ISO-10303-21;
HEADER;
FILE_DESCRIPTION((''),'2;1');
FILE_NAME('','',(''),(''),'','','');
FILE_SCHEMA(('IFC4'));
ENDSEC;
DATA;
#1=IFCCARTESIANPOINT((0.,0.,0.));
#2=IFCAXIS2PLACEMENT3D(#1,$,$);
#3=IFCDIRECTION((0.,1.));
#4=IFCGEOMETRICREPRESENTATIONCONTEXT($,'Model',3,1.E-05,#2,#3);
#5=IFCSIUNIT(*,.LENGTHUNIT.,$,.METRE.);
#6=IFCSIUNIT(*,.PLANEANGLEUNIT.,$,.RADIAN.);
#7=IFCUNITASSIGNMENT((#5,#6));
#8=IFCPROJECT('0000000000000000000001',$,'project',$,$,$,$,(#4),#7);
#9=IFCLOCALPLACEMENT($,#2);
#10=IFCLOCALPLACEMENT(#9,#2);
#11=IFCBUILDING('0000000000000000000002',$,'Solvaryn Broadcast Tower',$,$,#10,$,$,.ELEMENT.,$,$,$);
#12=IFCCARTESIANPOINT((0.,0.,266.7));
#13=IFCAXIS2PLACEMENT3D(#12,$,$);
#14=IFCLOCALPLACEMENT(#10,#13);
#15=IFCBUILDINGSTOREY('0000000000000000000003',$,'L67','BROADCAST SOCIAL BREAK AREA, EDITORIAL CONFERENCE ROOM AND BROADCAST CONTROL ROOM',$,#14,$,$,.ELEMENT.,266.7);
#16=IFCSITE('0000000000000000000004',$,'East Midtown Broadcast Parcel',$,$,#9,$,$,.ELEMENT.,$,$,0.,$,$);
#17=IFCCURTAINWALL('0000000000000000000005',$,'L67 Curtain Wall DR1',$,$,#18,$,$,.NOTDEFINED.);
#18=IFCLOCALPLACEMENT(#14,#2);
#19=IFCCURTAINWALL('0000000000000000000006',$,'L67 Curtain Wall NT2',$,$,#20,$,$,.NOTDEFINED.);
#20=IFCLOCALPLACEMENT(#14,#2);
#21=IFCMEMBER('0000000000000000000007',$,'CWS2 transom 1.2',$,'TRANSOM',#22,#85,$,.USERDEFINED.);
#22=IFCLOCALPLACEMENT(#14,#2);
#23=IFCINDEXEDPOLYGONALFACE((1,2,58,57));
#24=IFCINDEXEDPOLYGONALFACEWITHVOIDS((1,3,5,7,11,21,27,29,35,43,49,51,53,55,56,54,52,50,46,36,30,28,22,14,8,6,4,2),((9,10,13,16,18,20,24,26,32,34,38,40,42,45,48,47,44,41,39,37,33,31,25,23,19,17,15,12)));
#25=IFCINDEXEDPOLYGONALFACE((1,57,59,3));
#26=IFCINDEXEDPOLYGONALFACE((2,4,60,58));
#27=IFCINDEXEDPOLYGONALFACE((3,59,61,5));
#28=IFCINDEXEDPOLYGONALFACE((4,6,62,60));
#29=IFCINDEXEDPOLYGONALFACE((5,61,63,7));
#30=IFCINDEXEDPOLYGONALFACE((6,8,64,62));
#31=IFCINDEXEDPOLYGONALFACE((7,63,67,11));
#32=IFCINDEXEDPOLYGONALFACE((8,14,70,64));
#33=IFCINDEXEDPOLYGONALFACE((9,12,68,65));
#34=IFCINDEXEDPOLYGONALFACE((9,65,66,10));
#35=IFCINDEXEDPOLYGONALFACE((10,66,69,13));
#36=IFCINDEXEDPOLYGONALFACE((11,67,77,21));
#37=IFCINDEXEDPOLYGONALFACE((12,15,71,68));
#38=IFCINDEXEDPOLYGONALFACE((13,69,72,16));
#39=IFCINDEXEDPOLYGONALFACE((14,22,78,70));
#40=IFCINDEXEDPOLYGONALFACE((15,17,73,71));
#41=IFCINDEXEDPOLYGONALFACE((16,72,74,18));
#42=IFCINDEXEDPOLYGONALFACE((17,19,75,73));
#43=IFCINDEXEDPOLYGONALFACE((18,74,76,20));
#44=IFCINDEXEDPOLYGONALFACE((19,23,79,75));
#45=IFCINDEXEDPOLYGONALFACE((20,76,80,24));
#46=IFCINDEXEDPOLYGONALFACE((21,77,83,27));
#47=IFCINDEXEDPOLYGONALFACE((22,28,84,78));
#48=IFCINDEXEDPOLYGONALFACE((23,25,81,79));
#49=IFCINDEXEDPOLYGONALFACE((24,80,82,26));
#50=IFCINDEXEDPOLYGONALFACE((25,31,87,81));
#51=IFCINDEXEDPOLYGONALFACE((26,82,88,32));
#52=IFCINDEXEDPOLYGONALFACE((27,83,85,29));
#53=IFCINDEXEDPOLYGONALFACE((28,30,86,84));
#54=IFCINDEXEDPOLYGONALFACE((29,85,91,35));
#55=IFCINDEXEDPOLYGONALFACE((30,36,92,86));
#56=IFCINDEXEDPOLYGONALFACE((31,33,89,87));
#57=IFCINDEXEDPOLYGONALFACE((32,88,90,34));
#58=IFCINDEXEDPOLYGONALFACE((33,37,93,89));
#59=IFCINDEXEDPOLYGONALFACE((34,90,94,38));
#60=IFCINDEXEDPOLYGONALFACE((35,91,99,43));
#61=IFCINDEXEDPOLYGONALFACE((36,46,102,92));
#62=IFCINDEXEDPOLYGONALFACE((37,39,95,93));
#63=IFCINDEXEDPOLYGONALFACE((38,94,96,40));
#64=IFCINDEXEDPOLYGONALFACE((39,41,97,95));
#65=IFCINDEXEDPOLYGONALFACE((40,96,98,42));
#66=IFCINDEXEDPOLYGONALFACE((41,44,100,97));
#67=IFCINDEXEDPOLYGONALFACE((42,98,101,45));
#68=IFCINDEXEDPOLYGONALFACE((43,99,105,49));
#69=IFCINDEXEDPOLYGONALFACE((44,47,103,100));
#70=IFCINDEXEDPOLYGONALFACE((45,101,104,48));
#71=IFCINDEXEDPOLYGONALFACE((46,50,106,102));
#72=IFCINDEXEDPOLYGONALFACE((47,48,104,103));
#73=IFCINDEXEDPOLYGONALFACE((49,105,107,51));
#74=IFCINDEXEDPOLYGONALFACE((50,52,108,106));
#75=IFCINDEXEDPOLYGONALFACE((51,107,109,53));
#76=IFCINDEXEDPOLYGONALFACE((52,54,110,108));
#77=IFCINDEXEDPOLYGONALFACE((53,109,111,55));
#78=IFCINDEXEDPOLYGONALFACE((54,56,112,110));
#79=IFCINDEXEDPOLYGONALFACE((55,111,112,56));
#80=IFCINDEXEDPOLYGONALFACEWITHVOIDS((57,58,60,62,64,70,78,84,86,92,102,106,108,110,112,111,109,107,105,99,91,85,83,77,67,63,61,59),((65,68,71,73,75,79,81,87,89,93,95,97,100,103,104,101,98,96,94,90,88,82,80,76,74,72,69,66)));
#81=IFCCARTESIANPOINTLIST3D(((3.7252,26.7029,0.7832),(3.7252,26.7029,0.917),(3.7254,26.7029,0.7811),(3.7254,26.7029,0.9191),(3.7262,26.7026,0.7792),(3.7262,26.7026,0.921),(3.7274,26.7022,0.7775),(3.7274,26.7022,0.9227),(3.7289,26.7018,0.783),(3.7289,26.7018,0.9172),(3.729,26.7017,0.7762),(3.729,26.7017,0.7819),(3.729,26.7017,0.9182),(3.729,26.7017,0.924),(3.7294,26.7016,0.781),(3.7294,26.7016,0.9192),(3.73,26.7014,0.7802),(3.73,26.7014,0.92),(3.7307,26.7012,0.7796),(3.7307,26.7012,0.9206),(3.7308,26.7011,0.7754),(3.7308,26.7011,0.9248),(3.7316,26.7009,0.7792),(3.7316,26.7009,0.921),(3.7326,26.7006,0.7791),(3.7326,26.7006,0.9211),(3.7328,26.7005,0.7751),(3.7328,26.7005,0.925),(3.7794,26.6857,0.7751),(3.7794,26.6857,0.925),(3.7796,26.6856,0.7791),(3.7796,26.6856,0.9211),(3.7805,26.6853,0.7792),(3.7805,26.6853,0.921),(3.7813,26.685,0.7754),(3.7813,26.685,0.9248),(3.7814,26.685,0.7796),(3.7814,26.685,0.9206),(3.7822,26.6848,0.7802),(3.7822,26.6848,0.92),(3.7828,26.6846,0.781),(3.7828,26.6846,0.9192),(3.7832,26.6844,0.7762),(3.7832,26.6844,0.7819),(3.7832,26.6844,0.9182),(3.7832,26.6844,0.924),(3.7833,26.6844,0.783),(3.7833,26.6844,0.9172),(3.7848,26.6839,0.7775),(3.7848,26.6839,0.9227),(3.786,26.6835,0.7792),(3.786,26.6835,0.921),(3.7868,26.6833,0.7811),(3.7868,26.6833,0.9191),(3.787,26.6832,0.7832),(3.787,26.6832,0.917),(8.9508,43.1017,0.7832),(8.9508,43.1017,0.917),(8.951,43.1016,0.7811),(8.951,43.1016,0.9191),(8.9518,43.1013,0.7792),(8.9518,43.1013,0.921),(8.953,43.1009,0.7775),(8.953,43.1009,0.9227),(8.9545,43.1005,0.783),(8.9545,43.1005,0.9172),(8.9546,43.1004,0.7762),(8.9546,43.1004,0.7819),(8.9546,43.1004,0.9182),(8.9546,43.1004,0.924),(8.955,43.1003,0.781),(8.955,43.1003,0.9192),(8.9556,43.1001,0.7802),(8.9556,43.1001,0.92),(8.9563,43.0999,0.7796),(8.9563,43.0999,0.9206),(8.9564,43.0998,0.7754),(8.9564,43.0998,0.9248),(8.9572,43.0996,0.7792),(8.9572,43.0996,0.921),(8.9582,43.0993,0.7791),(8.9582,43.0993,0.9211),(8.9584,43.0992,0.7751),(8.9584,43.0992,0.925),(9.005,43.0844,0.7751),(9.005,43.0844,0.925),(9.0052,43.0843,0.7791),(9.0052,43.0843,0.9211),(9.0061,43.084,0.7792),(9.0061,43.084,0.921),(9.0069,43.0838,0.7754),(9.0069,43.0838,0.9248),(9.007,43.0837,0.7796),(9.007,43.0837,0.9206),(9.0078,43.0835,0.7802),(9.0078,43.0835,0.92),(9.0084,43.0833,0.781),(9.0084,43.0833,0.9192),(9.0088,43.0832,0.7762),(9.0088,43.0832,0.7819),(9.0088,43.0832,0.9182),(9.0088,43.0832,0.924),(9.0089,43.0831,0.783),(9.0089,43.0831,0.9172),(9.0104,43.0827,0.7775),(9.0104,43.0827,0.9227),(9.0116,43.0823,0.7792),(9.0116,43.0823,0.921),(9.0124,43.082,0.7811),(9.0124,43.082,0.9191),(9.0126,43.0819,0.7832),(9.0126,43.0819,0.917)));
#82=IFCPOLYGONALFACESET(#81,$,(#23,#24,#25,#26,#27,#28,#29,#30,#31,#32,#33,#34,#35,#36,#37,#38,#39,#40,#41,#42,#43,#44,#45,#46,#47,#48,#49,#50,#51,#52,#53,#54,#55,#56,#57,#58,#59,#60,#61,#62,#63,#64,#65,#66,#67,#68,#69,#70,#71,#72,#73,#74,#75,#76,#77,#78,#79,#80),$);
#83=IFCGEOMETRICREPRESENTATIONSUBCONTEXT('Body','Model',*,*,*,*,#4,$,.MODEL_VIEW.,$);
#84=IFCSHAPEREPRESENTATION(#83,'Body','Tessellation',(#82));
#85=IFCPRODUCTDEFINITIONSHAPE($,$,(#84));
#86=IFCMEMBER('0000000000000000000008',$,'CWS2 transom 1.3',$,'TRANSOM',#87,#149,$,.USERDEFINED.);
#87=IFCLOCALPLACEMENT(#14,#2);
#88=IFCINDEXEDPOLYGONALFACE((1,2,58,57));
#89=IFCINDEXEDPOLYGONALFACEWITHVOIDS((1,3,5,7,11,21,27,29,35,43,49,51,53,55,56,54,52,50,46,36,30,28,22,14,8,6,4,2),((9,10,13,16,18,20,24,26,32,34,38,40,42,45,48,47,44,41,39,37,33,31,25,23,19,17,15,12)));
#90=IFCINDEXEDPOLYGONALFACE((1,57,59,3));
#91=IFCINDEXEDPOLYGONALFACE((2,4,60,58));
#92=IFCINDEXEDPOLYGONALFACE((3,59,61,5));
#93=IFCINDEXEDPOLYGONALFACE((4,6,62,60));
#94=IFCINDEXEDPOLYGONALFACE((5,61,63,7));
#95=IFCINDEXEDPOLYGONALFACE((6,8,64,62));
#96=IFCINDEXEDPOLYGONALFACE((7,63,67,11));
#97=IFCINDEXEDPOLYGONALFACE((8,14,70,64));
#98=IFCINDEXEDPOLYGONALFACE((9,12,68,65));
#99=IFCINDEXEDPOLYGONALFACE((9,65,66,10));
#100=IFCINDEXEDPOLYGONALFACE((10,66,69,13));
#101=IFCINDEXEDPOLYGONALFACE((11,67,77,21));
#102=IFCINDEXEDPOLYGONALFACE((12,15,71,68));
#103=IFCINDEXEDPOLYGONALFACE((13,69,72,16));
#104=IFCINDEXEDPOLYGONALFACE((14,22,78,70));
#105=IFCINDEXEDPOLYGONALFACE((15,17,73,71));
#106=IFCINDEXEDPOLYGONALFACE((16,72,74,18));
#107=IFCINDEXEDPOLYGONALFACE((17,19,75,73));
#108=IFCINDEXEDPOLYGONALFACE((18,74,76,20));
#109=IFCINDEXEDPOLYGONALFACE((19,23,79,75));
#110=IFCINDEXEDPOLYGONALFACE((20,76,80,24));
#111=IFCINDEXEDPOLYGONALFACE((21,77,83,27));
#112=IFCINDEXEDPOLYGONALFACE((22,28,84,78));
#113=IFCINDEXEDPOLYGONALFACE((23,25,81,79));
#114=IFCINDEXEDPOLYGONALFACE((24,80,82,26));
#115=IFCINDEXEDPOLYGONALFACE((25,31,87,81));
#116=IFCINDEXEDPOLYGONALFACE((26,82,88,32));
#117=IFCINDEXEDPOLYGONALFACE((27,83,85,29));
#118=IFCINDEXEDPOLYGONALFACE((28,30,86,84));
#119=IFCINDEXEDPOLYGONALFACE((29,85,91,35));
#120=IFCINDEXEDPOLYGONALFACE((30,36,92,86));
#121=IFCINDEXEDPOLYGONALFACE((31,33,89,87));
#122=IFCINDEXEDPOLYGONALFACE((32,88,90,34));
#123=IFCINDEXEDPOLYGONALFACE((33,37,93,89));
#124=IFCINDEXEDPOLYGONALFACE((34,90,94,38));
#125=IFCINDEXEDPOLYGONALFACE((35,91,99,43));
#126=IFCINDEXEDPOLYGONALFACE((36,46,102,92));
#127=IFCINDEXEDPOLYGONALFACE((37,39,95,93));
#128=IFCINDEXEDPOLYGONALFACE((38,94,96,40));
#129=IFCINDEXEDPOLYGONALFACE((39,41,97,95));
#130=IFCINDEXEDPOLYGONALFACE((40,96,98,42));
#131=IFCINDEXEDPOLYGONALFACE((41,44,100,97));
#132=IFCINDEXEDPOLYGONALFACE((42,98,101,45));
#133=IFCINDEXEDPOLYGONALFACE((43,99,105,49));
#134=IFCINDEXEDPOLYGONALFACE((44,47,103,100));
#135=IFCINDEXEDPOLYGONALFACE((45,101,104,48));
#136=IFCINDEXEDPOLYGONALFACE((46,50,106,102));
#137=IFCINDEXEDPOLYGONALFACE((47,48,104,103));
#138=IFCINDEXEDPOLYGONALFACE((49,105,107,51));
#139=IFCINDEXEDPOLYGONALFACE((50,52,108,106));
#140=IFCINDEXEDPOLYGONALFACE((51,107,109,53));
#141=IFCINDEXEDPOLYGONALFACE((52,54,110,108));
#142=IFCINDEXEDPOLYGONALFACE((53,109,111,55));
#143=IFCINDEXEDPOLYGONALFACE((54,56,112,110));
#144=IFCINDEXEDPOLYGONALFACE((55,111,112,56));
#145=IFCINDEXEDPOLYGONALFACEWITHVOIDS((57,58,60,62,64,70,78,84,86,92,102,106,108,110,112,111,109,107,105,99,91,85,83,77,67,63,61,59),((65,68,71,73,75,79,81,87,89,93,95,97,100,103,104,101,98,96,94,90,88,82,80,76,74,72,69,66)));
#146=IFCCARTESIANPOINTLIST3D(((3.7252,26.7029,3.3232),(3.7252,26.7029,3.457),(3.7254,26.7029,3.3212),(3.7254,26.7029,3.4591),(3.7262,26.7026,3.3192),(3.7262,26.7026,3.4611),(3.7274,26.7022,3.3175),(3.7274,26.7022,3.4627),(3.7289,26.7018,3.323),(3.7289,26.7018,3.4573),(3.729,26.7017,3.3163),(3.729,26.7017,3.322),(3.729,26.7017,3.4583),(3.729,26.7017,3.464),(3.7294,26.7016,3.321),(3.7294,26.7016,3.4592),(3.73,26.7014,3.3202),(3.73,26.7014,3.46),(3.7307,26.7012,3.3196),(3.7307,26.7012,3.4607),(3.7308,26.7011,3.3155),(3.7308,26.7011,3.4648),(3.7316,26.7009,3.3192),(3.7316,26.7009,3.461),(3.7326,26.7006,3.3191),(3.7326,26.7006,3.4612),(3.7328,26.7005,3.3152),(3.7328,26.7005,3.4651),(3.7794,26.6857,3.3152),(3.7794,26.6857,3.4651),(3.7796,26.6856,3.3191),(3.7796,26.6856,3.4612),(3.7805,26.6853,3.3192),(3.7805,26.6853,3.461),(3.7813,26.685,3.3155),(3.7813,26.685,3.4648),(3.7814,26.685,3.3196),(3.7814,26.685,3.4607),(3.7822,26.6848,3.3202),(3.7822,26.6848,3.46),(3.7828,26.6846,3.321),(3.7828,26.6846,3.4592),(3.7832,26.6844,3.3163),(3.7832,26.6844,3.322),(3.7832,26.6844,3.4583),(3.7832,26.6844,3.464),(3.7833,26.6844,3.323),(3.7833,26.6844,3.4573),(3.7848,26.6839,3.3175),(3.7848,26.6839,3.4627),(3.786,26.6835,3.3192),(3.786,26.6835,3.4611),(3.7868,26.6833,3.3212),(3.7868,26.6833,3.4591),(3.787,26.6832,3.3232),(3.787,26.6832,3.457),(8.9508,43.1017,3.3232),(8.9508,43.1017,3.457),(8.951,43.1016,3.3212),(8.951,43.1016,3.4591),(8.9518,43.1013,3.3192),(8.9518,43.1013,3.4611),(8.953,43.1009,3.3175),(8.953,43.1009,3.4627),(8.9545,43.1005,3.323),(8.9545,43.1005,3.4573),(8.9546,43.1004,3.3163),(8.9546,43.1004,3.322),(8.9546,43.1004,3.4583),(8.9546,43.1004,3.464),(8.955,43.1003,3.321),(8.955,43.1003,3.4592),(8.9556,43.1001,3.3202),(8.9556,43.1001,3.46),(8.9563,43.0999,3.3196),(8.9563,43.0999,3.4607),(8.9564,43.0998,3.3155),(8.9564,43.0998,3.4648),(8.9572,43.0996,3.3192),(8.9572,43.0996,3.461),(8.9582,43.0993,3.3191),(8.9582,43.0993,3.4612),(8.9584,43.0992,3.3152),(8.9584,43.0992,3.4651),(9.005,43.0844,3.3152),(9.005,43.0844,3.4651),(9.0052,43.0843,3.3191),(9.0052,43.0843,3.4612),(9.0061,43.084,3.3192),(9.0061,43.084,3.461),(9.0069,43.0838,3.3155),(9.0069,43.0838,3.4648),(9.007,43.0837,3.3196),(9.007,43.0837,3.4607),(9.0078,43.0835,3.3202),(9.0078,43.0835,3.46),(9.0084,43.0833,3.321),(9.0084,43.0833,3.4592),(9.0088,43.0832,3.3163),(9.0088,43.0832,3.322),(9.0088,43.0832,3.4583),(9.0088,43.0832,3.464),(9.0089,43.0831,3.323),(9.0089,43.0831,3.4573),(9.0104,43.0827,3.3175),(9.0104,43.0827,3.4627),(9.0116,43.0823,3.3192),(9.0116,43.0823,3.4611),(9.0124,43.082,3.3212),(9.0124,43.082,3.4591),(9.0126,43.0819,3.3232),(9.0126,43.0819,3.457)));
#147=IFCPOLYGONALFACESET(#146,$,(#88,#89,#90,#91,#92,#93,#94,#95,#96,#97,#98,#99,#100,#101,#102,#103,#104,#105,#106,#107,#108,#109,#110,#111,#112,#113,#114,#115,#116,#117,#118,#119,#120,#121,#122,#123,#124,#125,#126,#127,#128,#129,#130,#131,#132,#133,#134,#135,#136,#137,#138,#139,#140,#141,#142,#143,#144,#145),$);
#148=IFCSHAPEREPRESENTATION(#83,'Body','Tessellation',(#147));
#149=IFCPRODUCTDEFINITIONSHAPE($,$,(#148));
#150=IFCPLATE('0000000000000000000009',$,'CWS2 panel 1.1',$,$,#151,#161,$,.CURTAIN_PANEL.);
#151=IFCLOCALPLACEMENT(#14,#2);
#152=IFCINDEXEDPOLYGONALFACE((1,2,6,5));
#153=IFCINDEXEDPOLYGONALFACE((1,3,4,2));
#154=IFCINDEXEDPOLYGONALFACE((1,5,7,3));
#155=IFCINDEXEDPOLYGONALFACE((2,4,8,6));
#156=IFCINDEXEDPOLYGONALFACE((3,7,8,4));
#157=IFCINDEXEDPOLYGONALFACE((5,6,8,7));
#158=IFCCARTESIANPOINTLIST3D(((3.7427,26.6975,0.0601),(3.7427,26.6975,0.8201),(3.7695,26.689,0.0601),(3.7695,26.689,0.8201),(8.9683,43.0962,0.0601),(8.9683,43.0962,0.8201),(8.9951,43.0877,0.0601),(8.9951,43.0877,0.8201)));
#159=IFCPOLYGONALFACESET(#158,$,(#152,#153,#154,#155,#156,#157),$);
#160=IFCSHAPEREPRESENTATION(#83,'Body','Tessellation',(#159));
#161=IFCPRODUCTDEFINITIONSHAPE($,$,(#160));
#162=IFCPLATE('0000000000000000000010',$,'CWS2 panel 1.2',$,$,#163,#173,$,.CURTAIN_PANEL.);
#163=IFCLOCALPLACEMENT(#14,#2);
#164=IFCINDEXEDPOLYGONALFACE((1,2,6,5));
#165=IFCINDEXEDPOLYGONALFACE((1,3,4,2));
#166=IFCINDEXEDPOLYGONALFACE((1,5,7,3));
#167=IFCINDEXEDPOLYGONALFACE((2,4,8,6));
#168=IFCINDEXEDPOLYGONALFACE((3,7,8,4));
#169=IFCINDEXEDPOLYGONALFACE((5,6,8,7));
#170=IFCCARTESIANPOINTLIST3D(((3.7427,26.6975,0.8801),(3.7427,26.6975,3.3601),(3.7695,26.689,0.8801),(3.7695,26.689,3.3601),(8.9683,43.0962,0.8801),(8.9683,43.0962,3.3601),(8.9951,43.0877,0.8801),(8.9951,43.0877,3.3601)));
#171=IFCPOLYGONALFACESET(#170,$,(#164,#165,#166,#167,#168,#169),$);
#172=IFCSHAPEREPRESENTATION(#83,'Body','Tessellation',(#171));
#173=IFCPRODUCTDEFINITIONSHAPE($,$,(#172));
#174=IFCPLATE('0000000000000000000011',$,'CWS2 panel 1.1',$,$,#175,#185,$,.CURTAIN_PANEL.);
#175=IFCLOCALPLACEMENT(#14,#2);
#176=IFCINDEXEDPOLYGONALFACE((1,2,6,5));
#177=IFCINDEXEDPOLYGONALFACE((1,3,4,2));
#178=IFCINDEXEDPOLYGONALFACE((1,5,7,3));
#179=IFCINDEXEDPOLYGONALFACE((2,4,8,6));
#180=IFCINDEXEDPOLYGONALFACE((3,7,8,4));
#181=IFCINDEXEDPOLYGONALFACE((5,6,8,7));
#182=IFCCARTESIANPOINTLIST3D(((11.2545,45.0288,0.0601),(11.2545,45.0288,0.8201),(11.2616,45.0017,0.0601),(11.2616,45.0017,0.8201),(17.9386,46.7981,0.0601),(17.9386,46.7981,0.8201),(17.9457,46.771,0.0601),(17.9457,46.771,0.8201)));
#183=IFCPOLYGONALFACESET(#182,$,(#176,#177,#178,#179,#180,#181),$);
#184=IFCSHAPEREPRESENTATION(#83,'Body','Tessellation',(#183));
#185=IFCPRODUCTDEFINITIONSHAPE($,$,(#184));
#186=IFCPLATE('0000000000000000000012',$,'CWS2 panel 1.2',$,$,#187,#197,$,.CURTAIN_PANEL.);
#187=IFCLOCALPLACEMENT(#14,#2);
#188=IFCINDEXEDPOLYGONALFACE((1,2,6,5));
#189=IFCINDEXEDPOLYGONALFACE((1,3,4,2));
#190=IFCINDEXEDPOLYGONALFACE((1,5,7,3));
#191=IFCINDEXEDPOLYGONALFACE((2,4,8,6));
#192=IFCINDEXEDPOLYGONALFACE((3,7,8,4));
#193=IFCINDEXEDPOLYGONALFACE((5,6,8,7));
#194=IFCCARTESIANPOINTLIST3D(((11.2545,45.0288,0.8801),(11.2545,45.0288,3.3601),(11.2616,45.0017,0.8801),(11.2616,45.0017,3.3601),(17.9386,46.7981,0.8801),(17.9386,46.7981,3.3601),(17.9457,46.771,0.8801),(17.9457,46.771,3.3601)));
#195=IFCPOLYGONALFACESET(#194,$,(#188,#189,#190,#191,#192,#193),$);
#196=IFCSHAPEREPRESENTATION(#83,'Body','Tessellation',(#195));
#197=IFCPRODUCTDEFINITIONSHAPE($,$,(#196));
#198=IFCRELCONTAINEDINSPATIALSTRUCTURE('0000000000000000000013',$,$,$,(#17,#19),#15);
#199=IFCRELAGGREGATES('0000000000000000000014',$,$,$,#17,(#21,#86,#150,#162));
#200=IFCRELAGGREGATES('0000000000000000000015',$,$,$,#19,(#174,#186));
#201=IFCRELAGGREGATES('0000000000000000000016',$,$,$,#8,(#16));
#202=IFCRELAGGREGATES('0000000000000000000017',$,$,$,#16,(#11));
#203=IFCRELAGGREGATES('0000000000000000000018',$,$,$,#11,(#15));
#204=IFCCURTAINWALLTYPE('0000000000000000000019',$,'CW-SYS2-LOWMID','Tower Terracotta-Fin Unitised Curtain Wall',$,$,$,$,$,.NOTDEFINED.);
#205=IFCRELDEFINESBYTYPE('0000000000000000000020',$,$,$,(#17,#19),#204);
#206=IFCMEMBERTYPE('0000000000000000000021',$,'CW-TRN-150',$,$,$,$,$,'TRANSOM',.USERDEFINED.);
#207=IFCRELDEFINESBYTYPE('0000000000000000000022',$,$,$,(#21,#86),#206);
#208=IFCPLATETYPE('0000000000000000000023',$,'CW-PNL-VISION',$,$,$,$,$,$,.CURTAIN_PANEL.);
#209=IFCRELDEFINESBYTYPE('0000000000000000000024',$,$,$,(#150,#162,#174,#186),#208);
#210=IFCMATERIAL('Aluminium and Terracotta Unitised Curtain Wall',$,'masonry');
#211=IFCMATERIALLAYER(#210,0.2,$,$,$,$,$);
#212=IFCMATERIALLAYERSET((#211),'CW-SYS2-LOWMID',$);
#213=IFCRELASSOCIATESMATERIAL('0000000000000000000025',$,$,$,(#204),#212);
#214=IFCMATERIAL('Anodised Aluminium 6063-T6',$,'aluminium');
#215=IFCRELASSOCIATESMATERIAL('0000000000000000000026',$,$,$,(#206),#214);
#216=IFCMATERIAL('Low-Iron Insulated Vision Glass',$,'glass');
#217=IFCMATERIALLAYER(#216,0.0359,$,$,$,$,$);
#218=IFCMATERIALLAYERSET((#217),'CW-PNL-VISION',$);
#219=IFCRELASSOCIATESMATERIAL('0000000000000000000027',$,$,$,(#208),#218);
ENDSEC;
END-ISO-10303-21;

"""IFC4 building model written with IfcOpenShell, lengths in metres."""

from ifc_helpers import new_model, si_unit, direction, frame, origin, origin_2d, place, context, subcontext, project, spatial, rectangle, hollow_rectangle, extrude, material, layer, layer_set, material_profile, profile_set, type_object, element, aggregate, save


model = new_model("IFC4")

# Units and contexts
model_context = context("Model", 3, precision=1e-05, world=origin(), true_north=direction((0.0, 1.0)))
body_context = subcontext(model_context, "Body", "Model", "MODEL_VIEW")
ifc_project = project(units=[si_unit("LENGTHUNIT", "METRE"), si_unit("PLANEANGLEUNIT", "RADIAN")], contexts=[model_context])

# Site, building, storey
site_placement = place(None, origin())
site = spatial("IfcSite", under=ifc_project, at=site_placement, Name="East Midtown Broadcast Parcel", CompositionType="ELEMENT", RefElevation=0.0)
building_placement = place(site_placement, origin())
building = spatial("IfcBuilding", under=site, at=building_placement, Name="Solvaryn Broadcast Tower", CompositionType="ELEMENT")
storey_placement = place(building_placement, frame((0.0, 0.0, 266.7)))
storey = spatial("IfcBuildingStorey", under=building, at=storey_placement, Name="L67", Description="BROADCAST SOCIAL BREAK AREA, EDITORIAL CONFERENCE ROOM AND BROADCAST CONTROL ROOM", CompositionType="ELEMENT", Elevation=266.7)

# Curtain walls
ifc_material_1 = material(Name="Aluminium and Terracotta Unitised Curtain Wall", Category="masonry")
ifc_layer_1 = layer(ifc_material_1, 0.2)
ifc_layer_set_1 = layer_set([ifc_layer_1], Name="CW-SYS2-LOWMID")
curtain_wall_type = type_object("IfcCurtainWallType", Name="CW-SYS2-LOWMID", Description="Tower Terracotta-Fin Unitised Curtain Wall", PredefinedType="NOTDEFINED", material=ifc_layer_set_1)
curtain_wall_1_placement = place(storey_placement, origin())
curtain_wall_1 = element("IfcCurtainWall", 1, at=curtain_wall_1_placement, inside=storey, type_object=curtain_wall_type, Name="L67 Curtain Wall DR1", PredefinedType="NOTDEFINED")
curtain_wall_2_placement = place(storey_placement, origin())
curtain_wall_2 = element("IfcCurtainWall", 2, at=curtain_wall_2_placement, inside=storey, type_object=curtain_wall_type, Name="L67 Curtain Wall NT2", PredefinedType="NOTDEFINED")

# Members
ifc_material_2 = material(Name="Anodised Aluminium 6063-T6", Category="aluminium")
ifc_material_profile_1 = material_profile(ifc_material_2, hollow_rectangle(XDim=0.0649, YDim=0.1499, WallThickness=0.0039, InnerFilletRadius=0.0039, OuterFilletRadius=0.0081, at=origin_2d()))
ifc_profile_set_1 = profile_set([ifc_material_profile_1], Name="Anodised Aluminium 6063-T6")
member_type_1 = type_object("IfcMemberType", Name="CW-TRN-150", ElementType="TRANSOM", PredefinedType="USERDEFINED", material=ifc_profile_set_1)
member_1_placement = place(storey_placement, frame((8.9817, 43.0918, 0.8501), z_axis=(-0.303616, -0.952794, 0.0), x_axis=(0.952794, -0.303616, 0.0)))
member_1 = element("IfcMember", 3, at=member_1_placement, type_object=member_type_1, Name="CWS2 transom 1.2", ObjectType="TRANSOM", PredefinedType="USERDEFINED", context=body_context, shape_type="SweptSolid", body=[
    extrude(hollow_rectangle(XDim=0.0649, YDim=0.1499, WallThickness=0.0039, InnerFilletRadius=0.0039, OuterFilletRadius=0.0081, at=origin_2d()), origin(), (0.0, 0.0, 1.0), 17.2112),
])
member_2_placement = place(storey_placement, frame((8.9817, 43.0918, 3.3901), z_axis=(-0.303616, -0.952794, 0.0), x_axis=(0.952794, -0.303616, 0.0)))
member_2 = element("IfcMember", 4, at=member_2_placement, type_object=member_type_1, Name="CWS2 transom 1.3", ObjectType="TRANSOM", PredefinedType="USERDEFINED", context=body_context, shape_type="SweptSolid", body=[
    extrude(hollow_rectangle(XDim=0.0649, YDim=0.1499, WallThickness=0.0039, InnerFilletRadius=0.0039, OuterFilletRadius=0.0081, at=origin_2d()), origin(), (0.0, 0.0, 1.0), 17.2112),
])

# Plates
ifc_material_3 = material(Name="Low-Iron Insulated Vision Glass", Category="glass")
ifc_layer_2 = layer(ifc_material_3, 0.0359)
ifc_layer_set_2 = layer_set([ifc_layer_2], Name="CW-PNL-VISION")
plate_type = type_object("IfcPlateType", Name="CW-PNL-VISION", PredefinedType="CURTAIN_PANEL", material=ifc_layer_set_2)
plate_1_placement = place(storey_placement, frame((6.3689, 34.8926, 0.0601), z_axis=(0.0, 0.0, 1.0), x_axis=(-0.303616, -0.952795, 0.0)))
plate_1 = element("IfcPlate", 5, at=plate_1_placement, type_object=plate_type, Name="CWS2 panel 1.1", PredefinedType="CURTAIN_PANEL", context=body_context, shape_type="SweptSolid", body=[
    extrude(rectangle(XDim=17.2112, YDim=0.0281, at=origin_2d()), origin(), (0.0, 0.0, 1.0), 0.76),
])
plate_2_placement = place(storey_placement, frame((6.3689, 34.8926, 0.8801), z_axis=(0.0, 0.0, 1.0), x_axis=(-0.303616, -0.952795, 0.0)))
plate_2 = element("IfcPlate", 6, at=plate_2_placement, type_object=plate_type, Name="CWS2 panel 1.2", PredefinedType="CURTAIN_PANEL", context=body_context, shape_type="SweptSolid", body=[
    extrude(rectangle(XDim=17.2112, YDim=0.0281, at=origin_2d()), origin(), (0.0, 0.0, 1.0), 2.48),
])
aggregate(curtain_wall_1, [member_1, member_2, plate_1, plate_2])
plate_3_placement = place(storey_placement, frame((14.6001, 45.8999, 0.0601), z_axis=(0.0, 0.0, 1.0), x_axis=(-0.966705, -0.255893, 0.0)))
plate_3 = element("IfcPlate", 7, at=plate_3_placement, type_object=plate_type, Name="CWS2 panel 1.1", PredefinedType="CURTAIN_PANEL", context=body_context, shape_type="SweptSolid", body=[
    extrude(rectangle(XDim=6.9143, YDim=0.0281, at=origin_2d()), origin(), (0.0, 0.0, 1.0), 0.76),
])
plate_4_placement = place(storey_placement, frame((14.6001, 45.8999, 0.8801), z_axis=(0.0, 0.0, 1.0), x_axis=(-0.966705, -0.255893, 0.0)))
plate_4 = element("IfcPlate", 8, at=plate_4_placement, type_object=plate_type, Name="CWS2 panel 1.2", PredefinedType="CURTAIN_PANEL", context=body_context, shape_type="SweptSolid", body=[
    extrude(rectangle(XDim=6.9143, YDim=0.0281, at=origin_2d()), origin(), (0.0, 0.0, 1.0), 2.48),
])
aggregate(curtain_wall_2, [plate_3, plate_4])

save(model, "model.ifc")
